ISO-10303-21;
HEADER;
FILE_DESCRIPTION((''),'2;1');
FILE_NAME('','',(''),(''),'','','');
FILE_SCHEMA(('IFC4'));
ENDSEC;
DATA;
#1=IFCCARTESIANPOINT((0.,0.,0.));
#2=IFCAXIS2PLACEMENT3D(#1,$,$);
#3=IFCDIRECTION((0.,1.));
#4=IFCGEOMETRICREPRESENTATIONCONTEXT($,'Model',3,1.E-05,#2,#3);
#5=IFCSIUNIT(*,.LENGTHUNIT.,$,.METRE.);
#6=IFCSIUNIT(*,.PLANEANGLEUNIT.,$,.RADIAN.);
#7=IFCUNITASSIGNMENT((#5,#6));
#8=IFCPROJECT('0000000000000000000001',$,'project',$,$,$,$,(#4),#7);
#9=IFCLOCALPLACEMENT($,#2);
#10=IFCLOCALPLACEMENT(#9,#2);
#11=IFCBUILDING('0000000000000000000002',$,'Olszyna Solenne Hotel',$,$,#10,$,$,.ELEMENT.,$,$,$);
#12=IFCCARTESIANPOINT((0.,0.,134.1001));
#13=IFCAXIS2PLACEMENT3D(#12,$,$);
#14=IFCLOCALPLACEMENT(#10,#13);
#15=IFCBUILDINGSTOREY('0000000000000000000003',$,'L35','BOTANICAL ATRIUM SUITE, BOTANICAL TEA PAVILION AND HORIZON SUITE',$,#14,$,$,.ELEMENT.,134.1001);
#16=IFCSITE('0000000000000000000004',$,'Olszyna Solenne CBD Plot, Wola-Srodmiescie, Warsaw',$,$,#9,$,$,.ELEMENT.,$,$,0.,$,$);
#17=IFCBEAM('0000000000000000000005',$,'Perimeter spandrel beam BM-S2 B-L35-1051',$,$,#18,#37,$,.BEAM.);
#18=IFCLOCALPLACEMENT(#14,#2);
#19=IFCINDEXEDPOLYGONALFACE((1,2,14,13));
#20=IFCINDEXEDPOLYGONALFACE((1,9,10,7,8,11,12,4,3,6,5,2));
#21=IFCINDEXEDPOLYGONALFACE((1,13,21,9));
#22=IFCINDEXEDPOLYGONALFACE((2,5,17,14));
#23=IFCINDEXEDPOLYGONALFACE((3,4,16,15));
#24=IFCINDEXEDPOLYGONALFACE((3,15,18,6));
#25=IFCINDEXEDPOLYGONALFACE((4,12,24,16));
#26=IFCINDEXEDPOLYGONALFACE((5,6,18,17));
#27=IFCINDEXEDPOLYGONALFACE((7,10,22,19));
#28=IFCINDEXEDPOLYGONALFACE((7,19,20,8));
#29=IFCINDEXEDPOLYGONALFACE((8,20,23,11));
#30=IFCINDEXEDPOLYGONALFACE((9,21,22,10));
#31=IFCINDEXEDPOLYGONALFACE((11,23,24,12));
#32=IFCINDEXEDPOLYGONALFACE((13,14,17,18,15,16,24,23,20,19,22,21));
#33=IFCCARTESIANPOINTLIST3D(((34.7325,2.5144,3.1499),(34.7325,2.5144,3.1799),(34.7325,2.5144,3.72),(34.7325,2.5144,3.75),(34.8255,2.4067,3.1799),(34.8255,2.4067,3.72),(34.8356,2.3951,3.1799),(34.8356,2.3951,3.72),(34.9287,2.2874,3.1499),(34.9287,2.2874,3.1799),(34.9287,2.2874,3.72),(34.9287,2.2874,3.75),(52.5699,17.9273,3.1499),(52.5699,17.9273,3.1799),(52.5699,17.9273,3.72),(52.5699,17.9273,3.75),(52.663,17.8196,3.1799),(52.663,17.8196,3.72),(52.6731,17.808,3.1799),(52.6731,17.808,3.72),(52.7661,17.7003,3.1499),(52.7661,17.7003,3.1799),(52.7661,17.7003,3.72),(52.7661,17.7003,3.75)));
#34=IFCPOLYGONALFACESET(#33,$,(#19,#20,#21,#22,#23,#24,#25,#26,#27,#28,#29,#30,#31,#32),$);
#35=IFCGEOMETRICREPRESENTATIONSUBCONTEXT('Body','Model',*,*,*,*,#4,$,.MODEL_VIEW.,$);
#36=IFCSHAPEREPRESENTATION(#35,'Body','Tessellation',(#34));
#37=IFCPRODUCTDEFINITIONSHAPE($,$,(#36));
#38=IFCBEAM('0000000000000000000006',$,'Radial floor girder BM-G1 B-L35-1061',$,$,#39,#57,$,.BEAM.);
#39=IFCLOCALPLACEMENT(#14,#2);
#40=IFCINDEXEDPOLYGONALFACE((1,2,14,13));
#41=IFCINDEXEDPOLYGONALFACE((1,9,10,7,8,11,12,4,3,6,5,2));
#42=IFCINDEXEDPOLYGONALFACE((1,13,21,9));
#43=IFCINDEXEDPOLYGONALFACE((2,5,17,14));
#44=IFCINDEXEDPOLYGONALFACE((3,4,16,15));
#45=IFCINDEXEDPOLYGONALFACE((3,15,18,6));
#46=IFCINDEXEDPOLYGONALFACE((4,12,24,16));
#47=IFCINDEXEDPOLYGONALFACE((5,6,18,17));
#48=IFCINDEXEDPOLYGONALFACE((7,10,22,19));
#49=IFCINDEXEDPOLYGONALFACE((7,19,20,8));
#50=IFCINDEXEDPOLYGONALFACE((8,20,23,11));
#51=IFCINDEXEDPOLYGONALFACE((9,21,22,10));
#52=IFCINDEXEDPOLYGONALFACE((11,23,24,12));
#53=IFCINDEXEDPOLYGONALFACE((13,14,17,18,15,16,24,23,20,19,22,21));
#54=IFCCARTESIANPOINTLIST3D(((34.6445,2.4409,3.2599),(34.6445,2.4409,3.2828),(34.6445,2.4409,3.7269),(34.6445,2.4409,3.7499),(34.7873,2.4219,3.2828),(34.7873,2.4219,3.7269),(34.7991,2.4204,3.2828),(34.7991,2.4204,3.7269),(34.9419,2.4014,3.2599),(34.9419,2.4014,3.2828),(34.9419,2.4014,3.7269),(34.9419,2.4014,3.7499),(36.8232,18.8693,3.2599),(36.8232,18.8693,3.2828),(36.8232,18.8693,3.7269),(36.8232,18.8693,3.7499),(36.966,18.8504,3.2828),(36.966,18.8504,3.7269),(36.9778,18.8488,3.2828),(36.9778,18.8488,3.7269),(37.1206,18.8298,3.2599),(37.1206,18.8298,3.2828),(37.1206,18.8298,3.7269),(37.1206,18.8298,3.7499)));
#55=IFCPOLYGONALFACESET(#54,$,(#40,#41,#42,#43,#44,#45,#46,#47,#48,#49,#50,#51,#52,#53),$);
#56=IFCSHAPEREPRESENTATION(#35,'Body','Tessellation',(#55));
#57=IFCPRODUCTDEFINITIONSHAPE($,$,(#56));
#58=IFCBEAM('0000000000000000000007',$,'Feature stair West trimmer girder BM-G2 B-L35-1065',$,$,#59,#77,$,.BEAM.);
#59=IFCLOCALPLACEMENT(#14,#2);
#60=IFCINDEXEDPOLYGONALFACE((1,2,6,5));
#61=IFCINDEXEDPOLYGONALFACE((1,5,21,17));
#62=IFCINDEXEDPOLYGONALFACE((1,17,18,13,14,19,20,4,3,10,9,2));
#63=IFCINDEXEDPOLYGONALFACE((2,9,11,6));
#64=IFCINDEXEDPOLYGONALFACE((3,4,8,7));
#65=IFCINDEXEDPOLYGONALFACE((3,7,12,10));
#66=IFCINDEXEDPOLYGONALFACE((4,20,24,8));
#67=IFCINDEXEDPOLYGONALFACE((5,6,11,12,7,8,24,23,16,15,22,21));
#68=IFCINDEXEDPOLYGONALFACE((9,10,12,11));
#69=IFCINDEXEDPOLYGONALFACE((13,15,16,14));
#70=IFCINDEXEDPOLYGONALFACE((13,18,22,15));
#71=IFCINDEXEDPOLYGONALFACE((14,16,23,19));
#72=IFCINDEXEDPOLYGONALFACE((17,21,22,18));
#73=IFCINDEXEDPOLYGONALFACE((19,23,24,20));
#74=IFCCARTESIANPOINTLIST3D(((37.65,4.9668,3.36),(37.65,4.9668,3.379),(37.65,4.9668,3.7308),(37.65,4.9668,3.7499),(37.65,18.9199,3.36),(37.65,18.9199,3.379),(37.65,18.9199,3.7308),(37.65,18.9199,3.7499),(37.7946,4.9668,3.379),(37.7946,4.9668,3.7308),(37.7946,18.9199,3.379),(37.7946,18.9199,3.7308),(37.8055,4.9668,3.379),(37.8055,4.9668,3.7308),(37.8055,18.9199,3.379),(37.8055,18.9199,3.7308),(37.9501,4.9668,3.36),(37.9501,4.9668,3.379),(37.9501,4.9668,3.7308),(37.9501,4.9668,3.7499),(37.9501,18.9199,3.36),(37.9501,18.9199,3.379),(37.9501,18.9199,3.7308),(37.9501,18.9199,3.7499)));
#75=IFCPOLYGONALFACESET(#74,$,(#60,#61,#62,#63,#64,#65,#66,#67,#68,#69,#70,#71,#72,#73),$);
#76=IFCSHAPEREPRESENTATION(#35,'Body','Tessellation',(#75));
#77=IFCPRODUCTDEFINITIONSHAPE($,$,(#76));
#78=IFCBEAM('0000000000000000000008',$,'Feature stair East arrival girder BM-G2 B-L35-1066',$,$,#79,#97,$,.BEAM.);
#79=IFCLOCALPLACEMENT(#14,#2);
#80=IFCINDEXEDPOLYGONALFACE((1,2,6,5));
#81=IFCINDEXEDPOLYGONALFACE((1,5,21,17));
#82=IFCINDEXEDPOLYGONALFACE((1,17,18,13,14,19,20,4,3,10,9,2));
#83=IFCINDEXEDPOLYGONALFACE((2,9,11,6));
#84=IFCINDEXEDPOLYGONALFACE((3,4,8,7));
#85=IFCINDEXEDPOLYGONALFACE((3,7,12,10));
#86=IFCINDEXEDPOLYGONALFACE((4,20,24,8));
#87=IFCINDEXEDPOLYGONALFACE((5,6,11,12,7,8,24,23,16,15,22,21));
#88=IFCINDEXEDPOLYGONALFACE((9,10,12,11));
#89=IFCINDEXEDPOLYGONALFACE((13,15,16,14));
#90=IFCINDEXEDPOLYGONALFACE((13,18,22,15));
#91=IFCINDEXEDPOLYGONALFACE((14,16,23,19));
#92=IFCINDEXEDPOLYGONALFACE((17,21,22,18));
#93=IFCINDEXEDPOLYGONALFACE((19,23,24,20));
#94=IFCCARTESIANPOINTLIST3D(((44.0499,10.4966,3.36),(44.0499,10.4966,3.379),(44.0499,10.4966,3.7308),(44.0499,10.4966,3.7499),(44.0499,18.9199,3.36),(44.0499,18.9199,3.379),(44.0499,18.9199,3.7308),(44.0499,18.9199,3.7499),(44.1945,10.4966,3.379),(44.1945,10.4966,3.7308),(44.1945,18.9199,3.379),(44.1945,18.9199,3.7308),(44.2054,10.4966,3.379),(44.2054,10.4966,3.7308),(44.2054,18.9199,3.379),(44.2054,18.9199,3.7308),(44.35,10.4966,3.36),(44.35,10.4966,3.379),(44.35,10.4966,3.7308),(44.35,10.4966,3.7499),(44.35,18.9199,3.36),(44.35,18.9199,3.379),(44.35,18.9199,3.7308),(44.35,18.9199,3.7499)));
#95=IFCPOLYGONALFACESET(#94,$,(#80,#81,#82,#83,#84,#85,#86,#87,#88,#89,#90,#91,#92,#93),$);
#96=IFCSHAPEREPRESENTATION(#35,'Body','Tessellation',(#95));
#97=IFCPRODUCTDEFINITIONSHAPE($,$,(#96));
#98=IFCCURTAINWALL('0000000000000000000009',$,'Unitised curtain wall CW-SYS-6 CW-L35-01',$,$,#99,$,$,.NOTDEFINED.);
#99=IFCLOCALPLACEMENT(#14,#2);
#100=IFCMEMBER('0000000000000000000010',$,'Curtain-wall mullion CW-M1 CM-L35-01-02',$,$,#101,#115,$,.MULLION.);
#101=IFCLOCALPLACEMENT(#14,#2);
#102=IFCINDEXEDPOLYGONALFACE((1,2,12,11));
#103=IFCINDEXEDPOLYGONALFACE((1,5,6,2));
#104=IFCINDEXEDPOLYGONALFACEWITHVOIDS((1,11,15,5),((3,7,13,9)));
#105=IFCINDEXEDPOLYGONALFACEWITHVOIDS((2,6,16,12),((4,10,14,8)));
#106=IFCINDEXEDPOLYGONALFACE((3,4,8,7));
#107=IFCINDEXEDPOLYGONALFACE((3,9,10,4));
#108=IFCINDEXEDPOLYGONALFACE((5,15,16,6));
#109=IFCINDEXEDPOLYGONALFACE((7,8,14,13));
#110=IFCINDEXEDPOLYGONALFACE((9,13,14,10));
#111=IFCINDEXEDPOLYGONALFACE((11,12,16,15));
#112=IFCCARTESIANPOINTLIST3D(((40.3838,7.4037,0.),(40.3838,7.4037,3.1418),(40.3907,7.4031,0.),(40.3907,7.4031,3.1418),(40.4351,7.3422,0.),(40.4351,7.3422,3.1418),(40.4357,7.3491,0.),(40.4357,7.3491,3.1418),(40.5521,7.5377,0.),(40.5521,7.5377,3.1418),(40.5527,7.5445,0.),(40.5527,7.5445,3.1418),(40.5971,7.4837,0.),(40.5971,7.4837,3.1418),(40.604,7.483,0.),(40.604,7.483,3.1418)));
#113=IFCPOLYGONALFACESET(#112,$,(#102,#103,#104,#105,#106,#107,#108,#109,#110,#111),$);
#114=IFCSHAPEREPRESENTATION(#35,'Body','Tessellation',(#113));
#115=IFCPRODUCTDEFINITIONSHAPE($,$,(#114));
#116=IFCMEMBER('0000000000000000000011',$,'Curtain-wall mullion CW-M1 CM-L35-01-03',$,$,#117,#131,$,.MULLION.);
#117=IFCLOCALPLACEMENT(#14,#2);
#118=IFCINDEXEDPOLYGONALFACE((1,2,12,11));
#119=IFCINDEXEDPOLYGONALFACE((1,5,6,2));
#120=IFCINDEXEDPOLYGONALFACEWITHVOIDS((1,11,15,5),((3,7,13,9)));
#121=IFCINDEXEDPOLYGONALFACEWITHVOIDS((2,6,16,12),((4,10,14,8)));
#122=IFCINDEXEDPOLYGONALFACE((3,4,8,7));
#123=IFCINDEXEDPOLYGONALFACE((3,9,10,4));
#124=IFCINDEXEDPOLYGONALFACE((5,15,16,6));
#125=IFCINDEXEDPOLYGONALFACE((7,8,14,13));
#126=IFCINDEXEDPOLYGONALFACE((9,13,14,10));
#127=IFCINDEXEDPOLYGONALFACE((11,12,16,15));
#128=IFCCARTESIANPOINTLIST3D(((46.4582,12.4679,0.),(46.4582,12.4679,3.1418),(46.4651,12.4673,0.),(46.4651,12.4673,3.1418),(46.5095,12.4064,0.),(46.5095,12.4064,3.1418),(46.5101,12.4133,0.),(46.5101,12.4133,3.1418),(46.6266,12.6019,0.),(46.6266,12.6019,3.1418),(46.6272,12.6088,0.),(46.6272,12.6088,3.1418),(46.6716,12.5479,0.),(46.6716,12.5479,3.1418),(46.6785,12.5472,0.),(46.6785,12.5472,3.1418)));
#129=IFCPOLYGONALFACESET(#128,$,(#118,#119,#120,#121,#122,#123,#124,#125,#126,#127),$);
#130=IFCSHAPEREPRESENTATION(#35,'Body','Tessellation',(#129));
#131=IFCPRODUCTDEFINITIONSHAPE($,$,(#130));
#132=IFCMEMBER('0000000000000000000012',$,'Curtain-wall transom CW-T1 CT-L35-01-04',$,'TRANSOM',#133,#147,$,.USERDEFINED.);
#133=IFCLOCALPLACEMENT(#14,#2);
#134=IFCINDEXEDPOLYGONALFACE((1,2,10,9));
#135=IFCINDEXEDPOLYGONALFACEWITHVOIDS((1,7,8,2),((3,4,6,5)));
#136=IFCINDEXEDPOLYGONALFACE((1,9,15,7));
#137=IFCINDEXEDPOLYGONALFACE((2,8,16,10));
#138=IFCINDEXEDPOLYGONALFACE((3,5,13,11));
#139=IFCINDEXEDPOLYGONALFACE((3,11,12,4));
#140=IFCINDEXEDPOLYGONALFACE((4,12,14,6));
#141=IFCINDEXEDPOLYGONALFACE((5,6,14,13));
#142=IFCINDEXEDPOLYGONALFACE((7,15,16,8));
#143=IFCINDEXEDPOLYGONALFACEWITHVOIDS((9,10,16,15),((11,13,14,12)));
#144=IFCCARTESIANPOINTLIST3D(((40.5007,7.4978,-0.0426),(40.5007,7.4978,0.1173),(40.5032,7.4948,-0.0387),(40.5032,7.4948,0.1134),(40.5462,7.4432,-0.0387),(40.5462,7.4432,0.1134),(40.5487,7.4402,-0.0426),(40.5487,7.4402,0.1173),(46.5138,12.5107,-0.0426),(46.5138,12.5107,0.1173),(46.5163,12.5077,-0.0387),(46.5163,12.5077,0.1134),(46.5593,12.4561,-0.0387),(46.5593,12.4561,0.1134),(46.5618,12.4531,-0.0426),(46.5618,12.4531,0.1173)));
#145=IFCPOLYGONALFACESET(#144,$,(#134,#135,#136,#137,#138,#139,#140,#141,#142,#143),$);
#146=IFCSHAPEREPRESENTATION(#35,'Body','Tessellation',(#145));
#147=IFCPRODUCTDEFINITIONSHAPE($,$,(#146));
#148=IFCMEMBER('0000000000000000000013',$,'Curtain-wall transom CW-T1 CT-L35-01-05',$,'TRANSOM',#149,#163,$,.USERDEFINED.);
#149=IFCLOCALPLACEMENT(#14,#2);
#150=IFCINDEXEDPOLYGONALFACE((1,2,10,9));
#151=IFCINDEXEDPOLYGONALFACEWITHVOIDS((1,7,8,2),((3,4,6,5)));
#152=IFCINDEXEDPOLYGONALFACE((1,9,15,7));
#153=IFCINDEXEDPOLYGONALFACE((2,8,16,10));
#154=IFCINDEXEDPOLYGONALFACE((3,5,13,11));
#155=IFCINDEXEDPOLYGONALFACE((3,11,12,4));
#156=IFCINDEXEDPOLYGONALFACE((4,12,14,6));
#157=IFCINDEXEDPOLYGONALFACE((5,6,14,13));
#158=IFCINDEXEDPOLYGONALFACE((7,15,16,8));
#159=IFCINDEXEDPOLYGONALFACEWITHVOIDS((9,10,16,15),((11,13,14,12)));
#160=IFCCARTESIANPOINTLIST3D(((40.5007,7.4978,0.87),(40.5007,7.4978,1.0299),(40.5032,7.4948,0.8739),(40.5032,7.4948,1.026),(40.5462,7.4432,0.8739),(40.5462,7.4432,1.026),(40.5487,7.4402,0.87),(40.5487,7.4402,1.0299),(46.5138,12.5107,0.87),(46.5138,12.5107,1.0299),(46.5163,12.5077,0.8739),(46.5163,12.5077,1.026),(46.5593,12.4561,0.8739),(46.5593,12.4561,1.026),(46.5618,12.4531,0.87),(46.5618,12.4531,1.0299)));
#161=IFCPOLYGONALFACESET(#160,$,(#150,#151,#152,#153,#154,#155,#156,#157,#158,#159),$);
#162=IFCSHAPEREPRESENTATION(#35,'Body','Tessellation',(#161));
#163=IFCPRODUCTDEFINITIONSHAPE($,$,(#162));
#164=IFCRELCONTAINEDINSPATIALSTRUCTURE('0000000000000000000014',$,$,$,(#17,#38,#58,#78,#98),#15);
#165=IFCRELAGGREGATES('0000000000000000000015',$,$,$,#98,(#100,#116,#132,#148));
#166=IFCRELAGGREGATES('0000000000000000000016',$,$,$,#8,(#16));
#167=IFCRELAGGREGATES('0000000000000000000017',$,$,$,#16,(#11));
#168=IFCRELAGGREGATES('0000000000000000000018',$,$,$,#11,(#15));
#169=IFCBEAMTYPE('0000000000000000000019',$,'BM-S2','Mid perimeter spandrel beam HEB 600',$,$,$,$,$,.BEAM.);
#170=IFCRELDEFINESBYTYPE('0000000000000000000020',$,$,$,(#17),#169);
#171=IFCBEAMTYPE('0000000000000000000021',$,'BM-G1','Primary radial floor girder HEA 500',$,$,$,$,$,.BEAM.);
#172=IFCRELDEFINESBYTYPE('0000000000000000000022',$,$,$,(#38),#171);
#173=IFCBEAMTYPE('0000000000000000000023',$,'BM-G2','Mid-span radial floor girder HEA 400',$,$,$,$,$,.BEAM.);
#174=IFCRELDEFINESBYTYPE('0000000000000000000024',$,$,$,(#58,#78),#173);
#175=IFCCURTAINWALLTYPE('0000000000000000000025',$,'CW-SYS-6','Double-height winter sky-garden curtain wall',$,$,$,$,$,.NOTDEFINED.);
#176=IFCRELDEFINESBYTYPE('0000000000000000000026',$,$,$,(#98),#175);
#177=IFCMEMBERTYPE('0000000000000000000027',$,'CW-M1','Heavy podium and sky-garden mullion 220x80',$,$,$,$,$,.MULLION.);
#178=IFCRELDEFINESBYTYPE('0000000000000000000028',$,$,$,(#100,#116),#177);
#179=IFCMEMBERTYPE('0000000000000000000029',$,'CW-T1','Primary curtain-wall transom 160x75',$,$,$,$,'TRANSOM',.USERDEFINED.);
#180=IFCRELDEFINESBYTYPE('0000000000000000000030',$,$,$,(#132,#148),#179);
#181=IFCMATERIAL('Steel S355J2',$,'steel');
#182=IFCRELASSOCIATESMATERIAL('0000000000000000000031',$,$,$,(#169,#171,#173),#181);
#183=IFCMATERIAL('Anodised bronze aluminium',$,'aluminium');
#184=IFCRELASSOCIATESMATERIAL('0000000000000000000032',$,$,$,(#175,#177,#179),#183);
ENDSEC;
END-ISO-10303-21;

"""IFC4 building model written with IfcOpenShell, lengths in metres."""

from ifc_helpers import new_model, si_unit, direction, frame, origin, origin_2d, place, context, subcontext, project, spatial, hollow_rectangle, i_section, extrude, source, transform, mapped, material, material_profile, profile_set, type_object, element, aggregate, save


model = new_model("IFC4")

# Units and contexts
model_context = context("Model", 3, precision=1e-05, world=origin(), true_north=direction((0.0, 1.0)))
body_context = subcontext(model_context, "Body", "Model", "MODEL_VIEW")
ifc_project = project(units=[si_unit("LENGTHUNIT", "METRE"), si_unit("PLANEANGLEUNIT", "RADIAN")], contexts=[model_context])

# Site, building, storey
site_placement = place(None, origin())
site = spatial("IfcSite", under=ifc_project, at=site_placement, Name="Olszyna Solenne CBD Plot, Wola-Srodmiescie, Warsaw", CompositionType="ELEMENT", RefElevation=0.0)
building_placement = place(site_placement, origin())
building = spatial("IfcBuilding", under=site, at=building_placement, Name="Olszyna Solenne Hotel", CompositionType="ELEMENT")
storey_placement = place(building_placement, frame((0.0, 0.0, 134.1001)))
storey = spatial("IfcBuildingStorey", under=building, at=storey_placement, Name="L35", Description="BOTANICAL ATRIUM SUITE, BOTANICAL TEA PAVILION AND HORIZON SUITE", CompositionType="ELEMENT", Elevation=134.1001)

# Beams
ifc_material_1 = material(Name="Steel S355J2", Category="steel")
ifc_material_profile_1 = material_profile(ifc_material_1, i_section(OverallWidth=0.3, OverallDepth=0.6001, WebThickness=0.0154, FlangeThickness=0.03, at=origin_2d()), Name="HEB 600", Category="load-bearing")
ifc_profile_set_1 = profile_set([ifc_material_profile_1], Name="Steel S355J2")
beam_type_1 = type_object("IfcBeamType", Name="BM-S2", Description="Mid perimeter spandrel beam HEB 600", PredefinedType="BEAM", material=ifc_profile_set_1)
shared_shape_1 = source(origin(), body_context, "Body", "SweptSolid", [
    extrude(i_section(OverallWidth=0.3, OverallDepth=0.6001, WebThickness=0.0154, FlangeThickness=0.03, at=origin_2d()), origin(), (0.0, 0.0, 1.0), 23.574),
])
beam_1_placement = place(storey_placement, frame((34.8306, 2.4009, 3.45), z_axis=(0.756659, 0.65381, 0.0), x_axis=(-0.65381, 0.756659, 0.0)))
element("IfcBeam", 1, at=beam_1_placement, inside=storey, type_object=beam_type_1, Name="Perimeter spandrel beam BM-S2 B-L35-1051", PredefinedType="BEAM", context=body_context, shape_type="MappedRepresentation", body=[
    mapped(shared_shape_1, transform((0.0, 0.0, 0.0), x_axis=(1.0, 0.0, 0.0), y_axis=(0.0, 1.0, 0.0), z_axis=(0.0, 0.0, 1.0), scale=1.0)),
])
ifc_material_profile_2 = material_profile(ifc_material_1, i_section(OverallWidth=0.3, OverallDepth=0.49, WebThickness=0.012, FlangeThickness=0.0229, at=origin_2d()), Name="HEA 500", Category="load-bearing")
ifc_profile_set_2 = profile_set([ifc_material_profile_2], Name="Steel S355J2")
beam_type_2 = type_object("IfcBeamType", Name="BM-G1", Description="Primary radial floor girder HEA 500", PredefinedType="BEAM", material=ifc_profile_set_2)
shared_shape_2 = source(origin(), body_context, "Body", "SweptSolid", [
    extrude(i_section(OverallWidth=0.3, OverallDepth=0.49, WebThickness=0.012, FlangeThickness=0.0229, at=origin_2d()), origin(), (0.0, 0.0, 1.0), 16.5723),
])
beam_2_placement = place(storey_placement, frame((34.7932, 2.4211, 3.5049), z_axis=(0.131467, 0.991321, 0.0), x_axis=(-0.991321, 0.131467, 0.0)))
element("IfcBeam", 2, at=beam_2_placement, inside=storey, type_object=beam_type_2, Name="Radial floor girder BM-G1 B-L35-1061", PredefinedType="BEAM", context=body_context, shape_type="MappedRepresentation", body=[
    mapped(shared_shape_2, transform((0.0, 0.0, 0.0), x_axis=(1.0, 0.0, 0.0), y_axis=(0.0, 1.0, 0.0), z_axis=(0.0, 0.0, 1.0), scale=1.0)),
])
ifc_material_profile_3 = material_profile(ifc_material_1, i_section(OverallWidth=0.3, OverallDepth=0.3899, WebThickness=0.011, FlangeThickness=0.019, at=origin_2d()), Name="HEA 400", Category="load-bearing")
ifc_profile_set_3 = profile_set([ifc_material_profile_3], Name="Steel S355J2")
beam_type_3 = type_object("IfcBeamType", Name="BM-G2", Description="Mid-span radial floor girder HEA 400", PredefinedType="BEAM", material=ifc_profile_set_3)
shared_shape_3 = source(origin(), body_context, "Body", "SweptSolid", [
    extrude(i_section(OverallWidth=0.3, OverallDepth=0.3899, WebThickness=0.011, FlangeThickness=0.019, at=origin_2d()), origin(), (0.0, 0.0, 1.0), 13.9531),
])
beam_3_placement = place(storey_placement, frame((37.8, 4.9668, 3.5549), z_axis=(0.0, 1.0, 0.0), x_axis=(-1.0, 0.0, 0.0)))
element("IfcBeam", 3, at=beam_3_placement, inside=storey, type_object=beam_type_3, Name="Feature stair West trimmer girder BM-G2 B-L35-1065", PredefinedType="BEAM", context=body_context, shape_type="MappedRepresentation", body=[
    mapped(shared_shape_3, transform((0.0, 0.0, 0.0), x_axis=(1.0, 0.0, 0.0), y_axis=(0.0, 1.0, 0.0), z_axis=(0.0, 0.0, 1.0), scale=1.0)),
])
shared_shape_4 = source(origin(), body_context, "Body", "SweptSolid", [
    extrude(i_section(OverallWidth=0.3, OverallDepth=0.3899, WebThickness=0.011, FlangeThickness=0.019, at=origin_2d()), origin(), (0.0, 0.0, 1.0), 8.4233),
])
beam_4_placement = place(storey_placement, frame((44.2, 10.4966, 3.5549), z_axis=(0.0, 1.0, 0.0), x_axis=(-1.0, 0.0, 0.0)))
element("IfcBeam", 4, at=beam_4_placement, inside=storey, type_object=beam_type_3, Name="Feature stair East arrival girder BM-G2 B-L35-1066", PredefinedType="BEAM", context=body_context, shape_type="MappedRepresentation", body=[
    mapped(shared_shape_4, transform((0.0, 0.0, 0.0), x_axis=(1.0, 0.0, 0.0), y_axis=(0.0, 1.0, 0.0), z_axis=(0.0, 0.0, 1.0), scale=1.0)),
])

# Curtain wall, members
ifc_material_2 = material(Name="Anodised bronze aluminium", Category="aluminium")
curtain_wall_type = type_object("IfcCurtainWallType", Name="CW-SYS-6", Description="Double-height winter sky-garden curtain wall", PredefinedType="NOTDEFINED", material=ifc_material_2)
curtain_wall_placement = place(storey_placement, origin())
curtain_wall = element("IfcCurtainWall", 5, at=curtain_wall_placement, inside=storey, type_object=curtain_wall_type, Name="Unitised curtain wall CW-SYS-6 CW-L35-01", PredefinedType="NOTDEFINED")
ifc_material_profile_4 = material_profile(ifc_material_2, hollow_rectangle(XDim=0.0801, YDim=0.22, WallThickness=0.0049, at=origin_2d()), Name="MULL 220x80x5", Category="load-bearing")
ifc_profile_set_4 = profile_set([ifc_material_profile_4], Name="Anodised bronze aluminium")
member_type_1 = type_object("IfcMemberType", Name="CW-M1", Description="Heavy podium and sky-garden mullion 220x80", PredefinedType="MULLION", material=ifc_profile_set_4)
shared_shape_5 = source(origin(), body_context, "Body", "SweptSolid", [
    extrude(hollow_rectangle(XDim=0.0801, YDim=0.22, WallThickness=0.0049, at=origin_2d()), origin(), (0.0, 0.0, 1.0), 3.1418),
])
member_1_placement = place(storey_placement, frame((40.4939, 7.4434, 0.0), z_axis=(0.0, 0.0, 1.0), x_axis=(-0.64034, 0.768091, 0.0)))
member_1 = element("IfcMember", 6, at=member_1_placement, type_object=member_type_1, Name="Curtain-wall mullion CW-M1 CM-L35-01-02", PredefinedType="MULLION", context=body_context, shape_type="MappedRepresentation", body=[
    mapped(shared_shape_5, transform((0.0, 0.0, 0.0), x_axis=(1.0, 0.0, 0.0), y_axis=(0.0, 1.0, 0.0), z_axis=(0.0, 0.0, 1.0), scale=1.0)),
])
member_2_placement = place(storey_placement, frame((46.5684, 12.5076, 0.0), z_axis=(0.0, 0.0, 1.0), x_axis=(-0.64034, 0.768091, 0.0)))
member_2 = element("IfcMember", 7, at=member_2_placement, type_object=member_type_1, Name="Curtain-wall mullion CW-M1 CM-L35-01-03", PredefinedType="MULLION", context=body_context, shape_type="MappedRepresentation", body=[
    mapped(shared_shape_5, transform((0.0, 0.0, 0.0), x_axis=(1.0, 0.0, 0.0), y_axis=(0.0, 1.0, 0.0), z_axis=(0.0, 0.0, 1.0), scale=1.0)),
])
ifc_material_profile_5 = material_profile(ifc_material_2, hollow_rectangle(XDim=0.075, YDim=0.1599, WallThickness=0.0039, at=origin_2d()), Name="TRAN 160x75x4", Category="load-bearing")
ifc_profile_set_5 = profile_set([ifc_material_profile_5], Name="Anodised bronze aluminium")
member_type_2 = type_object("IfcMemberType", Name="CW-T1", Description="Primary curtain-wall transom 160x75", ElementType="TRANSOM", PredefinedType="USERDEFINED", material=ifc_profile_set_5)
shared_shape_6 = source(origin(), body_context, "Body", "SweptSolid", [
    extrude(hollow_rectangle(XDim=0.075, YDim=0.1599, WallThickness=0.0039, at=origin_2d()), origin(), (0.0, 0.0, 1.0), 7.8286),
])
member_3_placement = place(storey_placement, frame((40.5247, 7.469, 0.0374), z_axis=(0.768099, 0.640332, 0.0), x_axis=(-0.640332, 0.768099, 0.0)))
member_3 = element("IfcMember", 8, at=member_3_placement, type_object=member_type_2, Name="Curtain-wall transom CW-T1 CT-L35-01-04", ObjectType="TRANSOM", PredefinedType="USERDEFINED", context=body_context, shape_type="MappedRepresentation", body=[
    mapped(shared_shape_6, transform((0.0, 0.0, 0.0), x_axis=(1.0, 0.0, 0.0), y_axis=(0.0, 1.0, 0.0), z_axis=(0.0, 0.0, 1.0), scale=1.0)),
])
member_4_placement = place(storey_placement, frame((40.5247, 7.469, 0.95), z_axis=(0.768099, 0.640332, 0.0), x_axis=(-0.640332, 0.768099, 0.0)))
member_4 = element("IfcMember", 9, at=member_4_placement, type_object=member_type_2, Name="Curtain-wall transom CW-T1 CT-L35-01-05", ObjectType="TRANSOM", PredefinedType="USERDEFINED", context=body_context, shape_type="MappedRepresentation", body=[
    mapped(shared_shape_6, transform((0.0, 0.0, 0.0), x_axis=(1.0, 0.0, 0.0), y_axis=(0.0, 1.0, 0.0), z_axis=(0.0, 0.0, 1.0), scale=1.0)),
])
aggregate(curtain_wall, [member_1, member_2, member_3, member_4])

save(model, "model.ifc")
